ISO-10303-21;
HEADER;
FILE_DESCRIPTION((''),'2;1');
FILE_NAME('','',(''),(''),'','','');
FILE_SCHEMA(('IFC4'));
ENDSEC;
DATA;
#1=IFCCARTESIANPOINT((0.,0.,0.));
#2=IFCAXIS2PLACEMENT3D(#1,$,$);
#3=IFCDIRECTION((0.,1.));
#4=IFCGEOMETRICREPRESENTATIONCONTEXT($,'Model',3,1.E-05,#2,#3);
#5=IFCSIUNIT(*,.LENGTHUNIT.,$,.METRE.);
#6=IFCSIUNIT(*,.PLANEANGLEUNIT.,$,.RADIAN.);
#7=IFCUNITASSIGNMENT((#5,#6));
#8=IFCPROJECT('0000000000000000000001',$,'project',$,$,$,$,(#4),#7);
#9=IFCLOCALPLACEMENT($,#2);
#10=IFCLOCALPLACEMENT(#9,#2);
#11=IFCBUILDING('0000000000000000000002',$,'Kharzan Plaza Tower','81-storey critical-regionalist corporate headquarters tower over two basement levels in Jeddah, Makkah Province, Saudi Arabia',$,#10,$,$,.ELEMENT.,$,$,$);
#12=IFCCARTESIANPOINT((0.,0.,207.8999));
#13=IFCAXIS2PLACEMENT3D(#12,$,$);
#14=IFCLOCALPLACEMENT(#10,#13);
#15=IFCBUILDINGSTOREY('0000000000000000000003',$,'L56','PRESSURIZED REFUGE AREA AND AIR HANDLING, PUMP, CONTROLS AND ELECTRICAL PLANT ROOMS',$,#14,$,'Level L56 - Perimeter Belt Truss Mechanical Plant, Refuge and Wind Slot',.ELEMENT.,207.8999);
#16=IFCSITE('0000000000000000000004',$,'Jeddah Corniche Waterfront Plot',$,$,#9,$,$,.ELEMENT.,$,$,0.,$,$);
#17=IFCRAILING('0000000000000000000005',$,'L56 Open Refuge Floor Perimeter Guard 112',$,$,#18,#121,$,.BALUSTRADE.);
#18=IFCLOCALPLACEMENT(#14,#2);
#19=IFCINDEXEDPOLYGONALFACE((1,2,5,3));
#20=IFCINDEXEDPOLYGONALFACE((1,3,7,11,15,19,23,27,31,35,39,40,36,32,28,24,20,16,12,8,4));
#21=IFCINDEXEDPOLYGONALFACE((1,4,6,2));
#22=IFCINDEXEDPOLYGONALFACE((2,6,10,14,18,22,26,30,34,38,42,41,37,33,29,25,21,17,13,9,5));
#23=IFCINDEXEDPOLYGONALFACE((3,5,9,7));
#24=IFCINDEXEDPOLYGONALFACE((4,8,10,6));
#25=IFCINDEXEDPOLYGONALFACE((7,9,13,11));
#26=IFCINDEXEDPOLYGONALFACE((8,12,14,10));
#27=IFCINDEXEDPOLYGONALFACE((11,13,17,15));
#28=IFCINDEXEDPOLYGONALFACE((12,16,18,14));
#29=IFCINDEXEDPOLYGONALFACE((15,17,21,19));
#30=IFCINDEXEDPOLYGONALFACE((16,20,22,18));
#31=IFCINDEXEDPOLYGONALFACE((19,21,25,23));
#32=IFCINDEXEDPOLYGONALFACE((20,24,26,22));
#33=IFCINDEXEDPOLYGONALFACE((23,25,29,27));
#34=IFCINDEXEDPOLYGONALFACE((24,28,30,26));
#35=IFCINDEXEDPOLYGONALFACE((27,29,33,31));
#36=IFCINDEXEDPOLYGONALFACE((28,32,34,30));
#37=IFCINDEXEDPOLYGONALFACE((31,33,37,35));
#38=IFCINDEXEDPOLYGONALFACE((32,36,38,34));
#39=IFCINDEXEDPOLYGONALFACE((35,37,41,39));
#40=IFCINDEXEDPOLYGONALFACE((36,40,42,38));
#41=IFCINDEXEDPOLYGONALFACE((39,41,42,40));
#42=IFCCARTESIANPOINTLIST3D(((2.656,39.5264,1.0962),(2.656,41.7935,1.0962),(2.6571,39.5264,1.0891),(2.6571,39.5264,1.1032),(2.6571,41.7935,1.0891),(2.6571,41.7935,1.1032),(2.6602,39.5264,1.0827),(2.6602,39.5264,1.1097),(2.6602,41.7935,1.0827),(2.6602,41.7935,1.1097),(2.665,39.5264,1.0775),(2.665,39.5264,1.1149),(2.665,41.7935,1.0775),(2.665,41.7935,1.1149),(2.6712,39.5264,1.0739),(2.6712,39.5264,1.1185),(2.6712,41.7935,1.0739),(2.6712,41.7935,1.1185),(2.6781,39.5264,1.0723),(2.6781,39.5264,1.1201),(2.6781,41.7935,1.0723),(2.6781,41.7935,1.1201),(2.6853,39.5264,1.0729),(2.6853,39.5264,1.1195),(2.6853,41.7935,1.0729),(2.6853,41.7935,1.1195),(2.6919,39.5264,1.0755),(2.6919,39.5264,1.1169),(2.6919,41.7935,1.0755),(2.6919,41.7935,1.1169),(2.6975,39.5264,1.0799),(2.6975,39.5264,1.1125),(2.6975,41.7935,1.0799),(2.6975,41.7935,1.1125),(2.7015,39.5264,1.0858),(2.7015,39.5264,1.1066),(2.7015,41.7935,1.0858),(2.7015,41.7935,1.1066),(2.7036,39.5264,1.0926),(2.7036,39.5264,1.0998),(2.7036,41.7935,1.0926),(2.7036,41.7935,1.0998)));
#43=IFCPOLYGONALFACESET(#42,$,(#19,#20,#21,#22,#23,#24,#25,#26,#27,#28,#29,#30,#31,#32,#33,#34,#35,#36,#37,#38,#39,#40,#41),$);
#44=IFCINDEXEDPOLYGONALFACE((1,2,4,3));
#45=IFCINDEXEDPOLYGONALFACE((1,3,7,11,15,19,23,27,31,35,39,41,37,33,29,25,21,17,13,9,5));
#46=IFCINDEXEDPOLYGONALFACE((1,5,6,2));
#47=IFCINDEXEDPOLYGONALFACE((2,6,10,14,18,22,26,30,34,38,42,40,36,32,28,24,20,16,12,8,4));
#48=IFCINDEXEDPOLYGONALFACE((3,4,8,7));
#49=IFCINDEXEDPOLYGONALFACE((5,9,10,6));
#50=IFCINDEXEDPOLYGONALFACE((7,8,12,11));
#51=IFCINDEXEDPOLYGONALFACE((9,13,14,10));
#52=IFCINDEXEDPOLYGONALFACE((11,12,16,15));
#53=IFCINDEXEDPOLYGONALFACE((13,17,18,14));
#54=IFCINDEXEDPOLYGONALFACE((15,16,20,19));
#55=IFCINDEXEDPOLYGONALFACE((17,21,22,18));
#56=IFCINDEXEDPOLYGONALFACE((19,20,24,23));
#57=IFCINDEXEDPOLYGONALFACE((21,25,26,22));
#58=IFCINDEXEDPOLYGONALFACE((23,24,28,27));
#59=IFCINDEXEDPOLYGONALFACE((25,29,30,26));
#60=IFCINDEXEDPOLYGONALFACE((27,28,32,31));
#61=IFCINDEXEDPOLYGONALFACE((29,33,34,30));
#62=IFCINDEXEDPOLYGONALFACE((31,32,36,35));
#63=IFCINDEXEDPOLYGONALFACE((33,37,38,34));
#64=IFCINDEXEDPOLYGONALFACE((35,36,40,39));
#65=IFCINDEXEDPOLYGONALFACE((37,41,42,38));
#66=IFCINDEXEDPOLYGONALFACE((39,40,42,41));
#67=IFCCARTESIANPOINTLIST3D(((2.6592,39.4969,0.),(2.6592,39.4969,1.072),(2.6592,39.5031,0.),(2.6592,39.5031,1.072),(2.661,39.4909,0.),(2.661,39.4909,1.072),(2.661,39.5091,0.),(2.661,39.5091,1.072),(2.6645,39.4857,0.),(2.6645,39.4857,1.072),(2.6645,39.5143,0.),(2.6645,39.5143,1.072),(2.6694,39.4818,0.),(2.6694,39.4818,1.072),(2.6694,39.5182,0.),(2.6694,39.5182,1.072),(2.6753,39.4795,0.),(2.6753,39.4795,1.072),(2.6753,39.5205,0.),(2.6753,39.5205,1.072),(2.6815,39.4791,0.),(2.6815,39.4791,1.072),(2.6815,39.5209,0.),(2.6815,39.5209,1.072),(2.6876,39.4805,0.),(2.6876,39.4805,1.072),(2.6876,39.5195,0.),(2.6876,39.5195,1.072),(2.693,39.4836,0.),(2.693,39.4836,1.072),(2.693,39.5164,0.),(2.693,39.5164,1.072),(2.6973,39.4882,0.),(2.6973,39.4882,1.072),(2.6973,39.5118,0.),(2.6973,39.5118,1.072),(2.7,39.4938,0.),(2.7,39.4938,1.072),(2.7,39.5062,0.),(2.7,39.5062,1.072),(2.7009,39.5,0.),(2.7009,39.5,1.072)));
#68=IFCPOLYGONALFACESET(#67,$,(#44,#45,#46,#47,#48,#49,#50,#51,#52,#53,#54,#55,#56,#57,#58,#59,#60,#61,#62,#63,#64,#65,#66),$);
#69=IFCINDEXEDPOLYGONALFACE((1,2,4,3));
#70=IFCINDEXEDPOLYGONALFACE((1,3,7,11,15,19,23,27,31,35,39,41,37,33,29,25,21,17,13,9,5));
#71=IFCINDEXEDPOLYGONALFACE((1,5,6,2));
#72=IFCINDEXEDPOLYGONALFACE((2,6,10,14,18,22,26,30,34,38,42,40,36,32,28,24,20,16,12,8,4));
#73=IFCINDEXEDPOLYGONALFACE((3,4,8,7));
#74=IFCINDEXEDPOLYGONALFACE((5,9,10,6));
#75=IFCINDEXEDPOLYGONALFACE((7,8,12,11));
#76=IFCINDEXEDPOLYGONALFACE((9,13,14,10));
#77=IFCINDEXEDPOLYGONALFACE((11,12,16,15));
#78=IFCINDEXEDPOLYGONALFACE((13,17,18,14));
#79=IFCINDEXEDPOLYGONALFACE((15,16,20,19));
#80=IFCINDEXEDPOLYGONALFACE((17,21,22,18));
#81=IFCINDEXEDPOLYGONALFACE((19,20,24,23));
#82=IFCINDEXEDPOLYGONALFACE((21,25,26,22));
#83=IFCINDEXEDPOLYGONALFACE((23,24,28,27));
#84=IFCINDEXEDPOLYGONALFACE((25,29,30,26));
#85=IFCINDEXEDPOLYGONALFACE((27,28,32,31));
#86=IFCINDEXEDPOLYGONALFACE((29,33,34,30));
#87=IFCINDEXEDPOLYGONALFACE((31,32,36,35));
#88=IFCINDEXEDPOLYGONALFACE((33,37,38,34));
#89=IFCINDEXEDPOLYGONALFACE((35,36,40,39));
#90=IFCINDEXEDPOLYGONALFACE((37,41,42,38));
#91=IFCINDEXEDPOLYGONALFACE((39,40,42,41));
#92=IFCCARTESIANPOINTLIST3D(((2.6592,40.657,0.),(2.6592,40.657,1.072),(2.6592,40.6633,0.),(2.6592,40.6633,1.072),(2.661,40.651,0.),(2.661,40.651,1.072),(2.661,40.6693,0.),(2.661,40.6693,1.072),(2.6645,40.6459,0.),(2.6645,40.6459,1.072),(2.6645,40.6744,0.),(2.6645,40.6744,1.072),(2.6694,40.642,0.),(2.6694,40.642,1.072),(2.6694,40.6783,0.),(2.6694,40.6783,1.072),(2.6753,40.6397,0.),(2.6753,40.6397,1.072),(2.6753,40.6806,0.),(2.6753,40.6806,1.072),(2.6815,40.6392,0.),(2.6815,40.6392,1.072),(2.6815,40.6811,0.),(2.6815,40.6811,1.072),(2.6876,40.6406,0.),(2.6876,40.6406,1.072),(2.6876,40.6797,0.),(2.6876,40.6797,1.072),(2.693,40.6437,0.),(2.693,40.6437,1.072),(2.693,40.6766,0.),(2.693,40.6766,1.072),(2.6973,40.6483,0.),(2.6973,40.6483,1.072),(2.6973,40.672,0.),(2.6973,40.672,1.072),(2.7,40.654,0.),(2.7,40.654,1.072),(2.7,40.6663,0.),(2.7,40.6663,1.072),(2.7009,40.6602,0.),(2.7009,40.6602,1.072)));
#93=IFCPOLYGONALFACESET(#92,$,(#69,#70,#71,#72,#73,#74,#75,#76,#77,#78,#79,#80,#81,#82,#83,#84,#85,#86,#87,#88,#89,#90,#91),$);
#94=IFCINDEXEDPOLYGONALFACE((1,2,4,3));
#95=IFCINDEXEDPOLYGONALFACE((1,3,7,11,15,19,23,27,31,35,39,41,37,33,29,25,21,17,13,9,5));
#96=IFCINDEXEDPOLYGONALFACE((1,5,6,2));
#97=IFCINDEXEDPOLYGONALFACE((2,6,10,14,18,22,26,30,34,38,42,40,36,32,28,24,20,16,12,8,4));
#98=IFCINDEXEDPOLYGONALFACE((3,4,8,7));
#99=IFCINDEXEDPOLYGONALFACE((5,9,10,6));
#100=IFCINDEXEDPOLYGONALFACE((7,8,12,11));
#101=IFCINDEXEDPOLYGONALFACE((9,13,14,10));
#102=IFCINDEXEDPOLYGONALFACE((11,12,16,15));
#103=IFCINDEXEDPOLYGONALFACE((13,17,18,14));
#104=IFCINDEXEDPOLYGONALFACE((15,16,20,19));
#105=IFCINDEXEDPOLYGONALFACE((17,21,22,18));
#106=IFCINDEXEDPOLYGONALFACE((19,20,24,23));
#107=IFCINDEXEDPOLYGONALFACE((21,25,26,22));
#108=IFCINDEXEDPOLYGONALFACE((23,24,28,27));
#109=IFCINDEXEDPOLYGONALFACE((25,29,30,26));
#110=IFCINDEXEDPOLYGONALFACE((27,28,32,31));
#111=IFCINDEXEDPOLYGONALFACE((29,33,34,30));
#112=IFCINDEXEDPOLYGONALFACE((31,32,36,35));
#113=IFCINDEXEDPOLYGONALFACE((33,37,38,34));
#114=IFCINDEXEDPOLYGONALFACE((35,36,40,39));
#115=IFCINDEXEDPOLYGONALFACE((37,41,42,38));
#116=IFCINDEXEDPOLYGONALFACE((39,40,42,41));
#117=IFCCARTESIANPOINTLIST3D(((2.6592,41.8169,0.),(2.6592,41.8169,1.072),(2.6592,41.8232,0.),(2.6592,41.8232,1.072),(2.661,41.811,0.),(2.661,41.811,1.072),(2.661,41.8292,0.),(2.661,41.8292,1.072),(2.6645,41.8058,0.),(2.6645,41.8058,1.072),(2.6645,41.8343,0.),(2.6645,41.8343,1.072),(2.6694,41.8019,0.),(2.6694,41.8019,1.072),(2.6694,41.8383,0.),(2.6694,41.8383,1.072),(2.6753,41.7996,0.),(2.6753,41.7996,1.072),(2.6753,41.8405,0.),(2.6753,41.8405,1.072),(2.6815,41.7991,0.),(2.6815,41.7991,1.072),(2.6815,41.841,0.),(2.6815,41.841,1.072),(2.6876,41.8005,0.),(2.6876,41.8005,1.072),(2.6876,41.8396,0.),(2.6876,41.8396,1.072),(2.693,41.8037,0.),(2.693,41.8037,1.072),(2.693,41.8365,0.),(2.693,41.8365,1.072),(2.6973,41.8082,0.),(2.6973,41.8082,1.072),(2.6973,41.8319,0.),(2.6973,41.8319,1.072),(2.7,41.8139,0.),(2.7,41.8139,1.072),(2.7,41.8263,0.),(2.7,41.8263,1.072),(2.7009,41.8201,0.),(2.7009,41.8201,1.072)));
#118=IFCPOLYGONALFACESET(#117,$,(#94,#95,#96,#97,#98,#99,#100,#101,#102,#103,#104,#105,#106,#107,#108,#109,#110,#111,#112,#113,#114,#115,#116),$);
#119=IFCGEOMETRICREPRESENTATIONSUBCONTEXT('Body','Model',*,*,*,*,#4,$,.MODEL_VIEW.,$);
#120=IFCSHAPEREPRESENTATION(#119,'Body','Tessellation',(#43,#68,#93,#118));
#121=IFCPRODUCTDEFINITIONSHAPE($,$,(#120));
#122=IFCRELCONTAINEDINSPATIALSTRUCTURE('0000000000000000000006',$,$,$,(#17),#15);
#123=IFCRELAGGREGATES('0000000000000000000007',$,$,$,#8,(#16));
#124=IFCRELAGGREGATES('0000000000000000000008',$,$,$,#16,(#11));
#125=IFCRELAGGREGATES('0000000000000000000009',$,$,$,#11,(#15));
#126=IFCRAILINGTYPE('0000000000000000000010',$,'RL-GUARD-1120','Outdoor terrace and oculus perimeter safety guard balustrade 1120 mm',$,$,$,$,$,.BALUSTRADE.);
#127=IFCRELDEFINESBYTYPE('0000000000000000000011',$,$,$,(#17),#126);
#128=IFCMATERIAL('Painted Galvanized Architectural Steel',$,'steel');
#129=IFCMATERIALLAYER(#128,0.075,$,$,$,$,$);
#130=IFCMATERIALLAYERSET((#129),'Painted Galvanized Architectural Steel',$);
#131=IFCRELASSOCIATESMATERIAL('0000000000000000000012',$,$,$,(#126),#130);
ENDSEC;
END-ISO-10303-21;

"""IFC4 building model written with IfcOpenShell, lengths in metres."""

from ifc_helpers import new_model, si_unit, direction, frame, origin, origin_2d, place, context, subcontext, project, spatial, circle, extrude, source, transform, mapped, material, layer, layer_set, type_object, element, save


model = new_model("IFC4")

# Units and contexts
model_context = context("Model", 3, precision=1e-05, world=origin(), true_north=direction((0.0, 1.0)))
body_context = subcontext(model_context, "Body", "Model", "MODEL_VIEW")
ifc_project = project(units=[si_unit("LENGTHUNIT", "METRE"), si_unit("PLANEANGLEUNIT", "RADIAN")], contexts=[model_context])

# Site, building, storey
site_placement = place(None, origin())
site = spatial("IfcSite", under=ifc_project, at=site_placement, Name="Jeddah Corniche Waterfront Plot", CompositionType="ELEMENT", RefElevation=0.0)
building_placement = place(site_placement, origin())
building = spatial("IfcBuilding", under=site, at=building_placement, Name="Kharzan Plaza Tower", Description="81-storey critical-regionalist corporate headquarters tower over two basement levels in Jeddah, Makkah Province, Saudi Arabia", CompositionType="ELEMENT")
storey_placement = place(building_placement, frame((0.0, 0.0, 207.8999)))
storey = spatial("IfcBuildingStorey", under=building, at=storey_placement, Name="L56", Description="PRESSURIZED REFUGE AREA AND AIR HANDLING, PUMP, CONTROLS AND ELECTRICAL PLANT ROOMS", LongName="Level L56 - Perimeter Belt Truss Mechanical Plant, Refuge and Wind Slot", CompositionType="ELEMENT", Elevation=207.8999)

# Railing
ifc_material_1 = material(Name="Painted Galvanized Architectural Steel", Category="steel")
ifc_layer_1 = layer(ifc_material_1, 0.075)
ifc_layer_set_1 = layer_set([ifc_layer_1], Name="Painted Galvanized Architectural Steel")
railing_type = type_object("IfcRailingType", Name="RL-GUARD-1120", Description="Outdoor terrace and oculus perimeter safety guard balustrade 1120 mm", PredefinedType="BALUSTRADE", material=ifc_layer_set_1)
shared_shape_1 = source(origin(), body_context, "Body", "SweptSolid", [
    extrude(circle(Radius=0.0239, at=origin_2d()), frame((0.0, 0.0264, 1.0962), z_axis=(0.0, 1.0, 0.0), x_axis=(-1.0, 0.0, 0.0)), (0.0, 0.0, 1.0), 2.2671),
    extrude(circle(Radius=0.021, at=origin_2d()), origin(), (0.0, 0.0, 1.0), 1.072),
    extrude(circle(Radius=0.021, at=origin_2d()), frame((0.0, 1.1602, 0.0)), (0.0, 0.0, 1.0), 1.072),
    extrude(circle(Radius=0.021, at=origin_2d()), frame((0.0, 2.3201, 0.0)), (0.0, 0.0, 1.0), 1.072),
])
railing_1_placement = place(storey_placement, frame((2.6799, 39.5, 0.0)))
element("IfcRailing", 1, at=railing_1_placement, inside=storey, type_object=railing_type, Name="L56 Open Refuge Floor Perimeter Guard 112", PredefinedType="BALUSTRADE", context=body_context, shape_type="MappedRepresentation", body=[
    mapped(shared_shape_1, transform((0.0, 0.0, 0.0), x_axis=(1.0, 0.0, 0.0), y_axis=(0.0, 1.0, 0.0), z_axis=(0.0, 0.0, 1.0))),
])

save(model, "model.ifc")
